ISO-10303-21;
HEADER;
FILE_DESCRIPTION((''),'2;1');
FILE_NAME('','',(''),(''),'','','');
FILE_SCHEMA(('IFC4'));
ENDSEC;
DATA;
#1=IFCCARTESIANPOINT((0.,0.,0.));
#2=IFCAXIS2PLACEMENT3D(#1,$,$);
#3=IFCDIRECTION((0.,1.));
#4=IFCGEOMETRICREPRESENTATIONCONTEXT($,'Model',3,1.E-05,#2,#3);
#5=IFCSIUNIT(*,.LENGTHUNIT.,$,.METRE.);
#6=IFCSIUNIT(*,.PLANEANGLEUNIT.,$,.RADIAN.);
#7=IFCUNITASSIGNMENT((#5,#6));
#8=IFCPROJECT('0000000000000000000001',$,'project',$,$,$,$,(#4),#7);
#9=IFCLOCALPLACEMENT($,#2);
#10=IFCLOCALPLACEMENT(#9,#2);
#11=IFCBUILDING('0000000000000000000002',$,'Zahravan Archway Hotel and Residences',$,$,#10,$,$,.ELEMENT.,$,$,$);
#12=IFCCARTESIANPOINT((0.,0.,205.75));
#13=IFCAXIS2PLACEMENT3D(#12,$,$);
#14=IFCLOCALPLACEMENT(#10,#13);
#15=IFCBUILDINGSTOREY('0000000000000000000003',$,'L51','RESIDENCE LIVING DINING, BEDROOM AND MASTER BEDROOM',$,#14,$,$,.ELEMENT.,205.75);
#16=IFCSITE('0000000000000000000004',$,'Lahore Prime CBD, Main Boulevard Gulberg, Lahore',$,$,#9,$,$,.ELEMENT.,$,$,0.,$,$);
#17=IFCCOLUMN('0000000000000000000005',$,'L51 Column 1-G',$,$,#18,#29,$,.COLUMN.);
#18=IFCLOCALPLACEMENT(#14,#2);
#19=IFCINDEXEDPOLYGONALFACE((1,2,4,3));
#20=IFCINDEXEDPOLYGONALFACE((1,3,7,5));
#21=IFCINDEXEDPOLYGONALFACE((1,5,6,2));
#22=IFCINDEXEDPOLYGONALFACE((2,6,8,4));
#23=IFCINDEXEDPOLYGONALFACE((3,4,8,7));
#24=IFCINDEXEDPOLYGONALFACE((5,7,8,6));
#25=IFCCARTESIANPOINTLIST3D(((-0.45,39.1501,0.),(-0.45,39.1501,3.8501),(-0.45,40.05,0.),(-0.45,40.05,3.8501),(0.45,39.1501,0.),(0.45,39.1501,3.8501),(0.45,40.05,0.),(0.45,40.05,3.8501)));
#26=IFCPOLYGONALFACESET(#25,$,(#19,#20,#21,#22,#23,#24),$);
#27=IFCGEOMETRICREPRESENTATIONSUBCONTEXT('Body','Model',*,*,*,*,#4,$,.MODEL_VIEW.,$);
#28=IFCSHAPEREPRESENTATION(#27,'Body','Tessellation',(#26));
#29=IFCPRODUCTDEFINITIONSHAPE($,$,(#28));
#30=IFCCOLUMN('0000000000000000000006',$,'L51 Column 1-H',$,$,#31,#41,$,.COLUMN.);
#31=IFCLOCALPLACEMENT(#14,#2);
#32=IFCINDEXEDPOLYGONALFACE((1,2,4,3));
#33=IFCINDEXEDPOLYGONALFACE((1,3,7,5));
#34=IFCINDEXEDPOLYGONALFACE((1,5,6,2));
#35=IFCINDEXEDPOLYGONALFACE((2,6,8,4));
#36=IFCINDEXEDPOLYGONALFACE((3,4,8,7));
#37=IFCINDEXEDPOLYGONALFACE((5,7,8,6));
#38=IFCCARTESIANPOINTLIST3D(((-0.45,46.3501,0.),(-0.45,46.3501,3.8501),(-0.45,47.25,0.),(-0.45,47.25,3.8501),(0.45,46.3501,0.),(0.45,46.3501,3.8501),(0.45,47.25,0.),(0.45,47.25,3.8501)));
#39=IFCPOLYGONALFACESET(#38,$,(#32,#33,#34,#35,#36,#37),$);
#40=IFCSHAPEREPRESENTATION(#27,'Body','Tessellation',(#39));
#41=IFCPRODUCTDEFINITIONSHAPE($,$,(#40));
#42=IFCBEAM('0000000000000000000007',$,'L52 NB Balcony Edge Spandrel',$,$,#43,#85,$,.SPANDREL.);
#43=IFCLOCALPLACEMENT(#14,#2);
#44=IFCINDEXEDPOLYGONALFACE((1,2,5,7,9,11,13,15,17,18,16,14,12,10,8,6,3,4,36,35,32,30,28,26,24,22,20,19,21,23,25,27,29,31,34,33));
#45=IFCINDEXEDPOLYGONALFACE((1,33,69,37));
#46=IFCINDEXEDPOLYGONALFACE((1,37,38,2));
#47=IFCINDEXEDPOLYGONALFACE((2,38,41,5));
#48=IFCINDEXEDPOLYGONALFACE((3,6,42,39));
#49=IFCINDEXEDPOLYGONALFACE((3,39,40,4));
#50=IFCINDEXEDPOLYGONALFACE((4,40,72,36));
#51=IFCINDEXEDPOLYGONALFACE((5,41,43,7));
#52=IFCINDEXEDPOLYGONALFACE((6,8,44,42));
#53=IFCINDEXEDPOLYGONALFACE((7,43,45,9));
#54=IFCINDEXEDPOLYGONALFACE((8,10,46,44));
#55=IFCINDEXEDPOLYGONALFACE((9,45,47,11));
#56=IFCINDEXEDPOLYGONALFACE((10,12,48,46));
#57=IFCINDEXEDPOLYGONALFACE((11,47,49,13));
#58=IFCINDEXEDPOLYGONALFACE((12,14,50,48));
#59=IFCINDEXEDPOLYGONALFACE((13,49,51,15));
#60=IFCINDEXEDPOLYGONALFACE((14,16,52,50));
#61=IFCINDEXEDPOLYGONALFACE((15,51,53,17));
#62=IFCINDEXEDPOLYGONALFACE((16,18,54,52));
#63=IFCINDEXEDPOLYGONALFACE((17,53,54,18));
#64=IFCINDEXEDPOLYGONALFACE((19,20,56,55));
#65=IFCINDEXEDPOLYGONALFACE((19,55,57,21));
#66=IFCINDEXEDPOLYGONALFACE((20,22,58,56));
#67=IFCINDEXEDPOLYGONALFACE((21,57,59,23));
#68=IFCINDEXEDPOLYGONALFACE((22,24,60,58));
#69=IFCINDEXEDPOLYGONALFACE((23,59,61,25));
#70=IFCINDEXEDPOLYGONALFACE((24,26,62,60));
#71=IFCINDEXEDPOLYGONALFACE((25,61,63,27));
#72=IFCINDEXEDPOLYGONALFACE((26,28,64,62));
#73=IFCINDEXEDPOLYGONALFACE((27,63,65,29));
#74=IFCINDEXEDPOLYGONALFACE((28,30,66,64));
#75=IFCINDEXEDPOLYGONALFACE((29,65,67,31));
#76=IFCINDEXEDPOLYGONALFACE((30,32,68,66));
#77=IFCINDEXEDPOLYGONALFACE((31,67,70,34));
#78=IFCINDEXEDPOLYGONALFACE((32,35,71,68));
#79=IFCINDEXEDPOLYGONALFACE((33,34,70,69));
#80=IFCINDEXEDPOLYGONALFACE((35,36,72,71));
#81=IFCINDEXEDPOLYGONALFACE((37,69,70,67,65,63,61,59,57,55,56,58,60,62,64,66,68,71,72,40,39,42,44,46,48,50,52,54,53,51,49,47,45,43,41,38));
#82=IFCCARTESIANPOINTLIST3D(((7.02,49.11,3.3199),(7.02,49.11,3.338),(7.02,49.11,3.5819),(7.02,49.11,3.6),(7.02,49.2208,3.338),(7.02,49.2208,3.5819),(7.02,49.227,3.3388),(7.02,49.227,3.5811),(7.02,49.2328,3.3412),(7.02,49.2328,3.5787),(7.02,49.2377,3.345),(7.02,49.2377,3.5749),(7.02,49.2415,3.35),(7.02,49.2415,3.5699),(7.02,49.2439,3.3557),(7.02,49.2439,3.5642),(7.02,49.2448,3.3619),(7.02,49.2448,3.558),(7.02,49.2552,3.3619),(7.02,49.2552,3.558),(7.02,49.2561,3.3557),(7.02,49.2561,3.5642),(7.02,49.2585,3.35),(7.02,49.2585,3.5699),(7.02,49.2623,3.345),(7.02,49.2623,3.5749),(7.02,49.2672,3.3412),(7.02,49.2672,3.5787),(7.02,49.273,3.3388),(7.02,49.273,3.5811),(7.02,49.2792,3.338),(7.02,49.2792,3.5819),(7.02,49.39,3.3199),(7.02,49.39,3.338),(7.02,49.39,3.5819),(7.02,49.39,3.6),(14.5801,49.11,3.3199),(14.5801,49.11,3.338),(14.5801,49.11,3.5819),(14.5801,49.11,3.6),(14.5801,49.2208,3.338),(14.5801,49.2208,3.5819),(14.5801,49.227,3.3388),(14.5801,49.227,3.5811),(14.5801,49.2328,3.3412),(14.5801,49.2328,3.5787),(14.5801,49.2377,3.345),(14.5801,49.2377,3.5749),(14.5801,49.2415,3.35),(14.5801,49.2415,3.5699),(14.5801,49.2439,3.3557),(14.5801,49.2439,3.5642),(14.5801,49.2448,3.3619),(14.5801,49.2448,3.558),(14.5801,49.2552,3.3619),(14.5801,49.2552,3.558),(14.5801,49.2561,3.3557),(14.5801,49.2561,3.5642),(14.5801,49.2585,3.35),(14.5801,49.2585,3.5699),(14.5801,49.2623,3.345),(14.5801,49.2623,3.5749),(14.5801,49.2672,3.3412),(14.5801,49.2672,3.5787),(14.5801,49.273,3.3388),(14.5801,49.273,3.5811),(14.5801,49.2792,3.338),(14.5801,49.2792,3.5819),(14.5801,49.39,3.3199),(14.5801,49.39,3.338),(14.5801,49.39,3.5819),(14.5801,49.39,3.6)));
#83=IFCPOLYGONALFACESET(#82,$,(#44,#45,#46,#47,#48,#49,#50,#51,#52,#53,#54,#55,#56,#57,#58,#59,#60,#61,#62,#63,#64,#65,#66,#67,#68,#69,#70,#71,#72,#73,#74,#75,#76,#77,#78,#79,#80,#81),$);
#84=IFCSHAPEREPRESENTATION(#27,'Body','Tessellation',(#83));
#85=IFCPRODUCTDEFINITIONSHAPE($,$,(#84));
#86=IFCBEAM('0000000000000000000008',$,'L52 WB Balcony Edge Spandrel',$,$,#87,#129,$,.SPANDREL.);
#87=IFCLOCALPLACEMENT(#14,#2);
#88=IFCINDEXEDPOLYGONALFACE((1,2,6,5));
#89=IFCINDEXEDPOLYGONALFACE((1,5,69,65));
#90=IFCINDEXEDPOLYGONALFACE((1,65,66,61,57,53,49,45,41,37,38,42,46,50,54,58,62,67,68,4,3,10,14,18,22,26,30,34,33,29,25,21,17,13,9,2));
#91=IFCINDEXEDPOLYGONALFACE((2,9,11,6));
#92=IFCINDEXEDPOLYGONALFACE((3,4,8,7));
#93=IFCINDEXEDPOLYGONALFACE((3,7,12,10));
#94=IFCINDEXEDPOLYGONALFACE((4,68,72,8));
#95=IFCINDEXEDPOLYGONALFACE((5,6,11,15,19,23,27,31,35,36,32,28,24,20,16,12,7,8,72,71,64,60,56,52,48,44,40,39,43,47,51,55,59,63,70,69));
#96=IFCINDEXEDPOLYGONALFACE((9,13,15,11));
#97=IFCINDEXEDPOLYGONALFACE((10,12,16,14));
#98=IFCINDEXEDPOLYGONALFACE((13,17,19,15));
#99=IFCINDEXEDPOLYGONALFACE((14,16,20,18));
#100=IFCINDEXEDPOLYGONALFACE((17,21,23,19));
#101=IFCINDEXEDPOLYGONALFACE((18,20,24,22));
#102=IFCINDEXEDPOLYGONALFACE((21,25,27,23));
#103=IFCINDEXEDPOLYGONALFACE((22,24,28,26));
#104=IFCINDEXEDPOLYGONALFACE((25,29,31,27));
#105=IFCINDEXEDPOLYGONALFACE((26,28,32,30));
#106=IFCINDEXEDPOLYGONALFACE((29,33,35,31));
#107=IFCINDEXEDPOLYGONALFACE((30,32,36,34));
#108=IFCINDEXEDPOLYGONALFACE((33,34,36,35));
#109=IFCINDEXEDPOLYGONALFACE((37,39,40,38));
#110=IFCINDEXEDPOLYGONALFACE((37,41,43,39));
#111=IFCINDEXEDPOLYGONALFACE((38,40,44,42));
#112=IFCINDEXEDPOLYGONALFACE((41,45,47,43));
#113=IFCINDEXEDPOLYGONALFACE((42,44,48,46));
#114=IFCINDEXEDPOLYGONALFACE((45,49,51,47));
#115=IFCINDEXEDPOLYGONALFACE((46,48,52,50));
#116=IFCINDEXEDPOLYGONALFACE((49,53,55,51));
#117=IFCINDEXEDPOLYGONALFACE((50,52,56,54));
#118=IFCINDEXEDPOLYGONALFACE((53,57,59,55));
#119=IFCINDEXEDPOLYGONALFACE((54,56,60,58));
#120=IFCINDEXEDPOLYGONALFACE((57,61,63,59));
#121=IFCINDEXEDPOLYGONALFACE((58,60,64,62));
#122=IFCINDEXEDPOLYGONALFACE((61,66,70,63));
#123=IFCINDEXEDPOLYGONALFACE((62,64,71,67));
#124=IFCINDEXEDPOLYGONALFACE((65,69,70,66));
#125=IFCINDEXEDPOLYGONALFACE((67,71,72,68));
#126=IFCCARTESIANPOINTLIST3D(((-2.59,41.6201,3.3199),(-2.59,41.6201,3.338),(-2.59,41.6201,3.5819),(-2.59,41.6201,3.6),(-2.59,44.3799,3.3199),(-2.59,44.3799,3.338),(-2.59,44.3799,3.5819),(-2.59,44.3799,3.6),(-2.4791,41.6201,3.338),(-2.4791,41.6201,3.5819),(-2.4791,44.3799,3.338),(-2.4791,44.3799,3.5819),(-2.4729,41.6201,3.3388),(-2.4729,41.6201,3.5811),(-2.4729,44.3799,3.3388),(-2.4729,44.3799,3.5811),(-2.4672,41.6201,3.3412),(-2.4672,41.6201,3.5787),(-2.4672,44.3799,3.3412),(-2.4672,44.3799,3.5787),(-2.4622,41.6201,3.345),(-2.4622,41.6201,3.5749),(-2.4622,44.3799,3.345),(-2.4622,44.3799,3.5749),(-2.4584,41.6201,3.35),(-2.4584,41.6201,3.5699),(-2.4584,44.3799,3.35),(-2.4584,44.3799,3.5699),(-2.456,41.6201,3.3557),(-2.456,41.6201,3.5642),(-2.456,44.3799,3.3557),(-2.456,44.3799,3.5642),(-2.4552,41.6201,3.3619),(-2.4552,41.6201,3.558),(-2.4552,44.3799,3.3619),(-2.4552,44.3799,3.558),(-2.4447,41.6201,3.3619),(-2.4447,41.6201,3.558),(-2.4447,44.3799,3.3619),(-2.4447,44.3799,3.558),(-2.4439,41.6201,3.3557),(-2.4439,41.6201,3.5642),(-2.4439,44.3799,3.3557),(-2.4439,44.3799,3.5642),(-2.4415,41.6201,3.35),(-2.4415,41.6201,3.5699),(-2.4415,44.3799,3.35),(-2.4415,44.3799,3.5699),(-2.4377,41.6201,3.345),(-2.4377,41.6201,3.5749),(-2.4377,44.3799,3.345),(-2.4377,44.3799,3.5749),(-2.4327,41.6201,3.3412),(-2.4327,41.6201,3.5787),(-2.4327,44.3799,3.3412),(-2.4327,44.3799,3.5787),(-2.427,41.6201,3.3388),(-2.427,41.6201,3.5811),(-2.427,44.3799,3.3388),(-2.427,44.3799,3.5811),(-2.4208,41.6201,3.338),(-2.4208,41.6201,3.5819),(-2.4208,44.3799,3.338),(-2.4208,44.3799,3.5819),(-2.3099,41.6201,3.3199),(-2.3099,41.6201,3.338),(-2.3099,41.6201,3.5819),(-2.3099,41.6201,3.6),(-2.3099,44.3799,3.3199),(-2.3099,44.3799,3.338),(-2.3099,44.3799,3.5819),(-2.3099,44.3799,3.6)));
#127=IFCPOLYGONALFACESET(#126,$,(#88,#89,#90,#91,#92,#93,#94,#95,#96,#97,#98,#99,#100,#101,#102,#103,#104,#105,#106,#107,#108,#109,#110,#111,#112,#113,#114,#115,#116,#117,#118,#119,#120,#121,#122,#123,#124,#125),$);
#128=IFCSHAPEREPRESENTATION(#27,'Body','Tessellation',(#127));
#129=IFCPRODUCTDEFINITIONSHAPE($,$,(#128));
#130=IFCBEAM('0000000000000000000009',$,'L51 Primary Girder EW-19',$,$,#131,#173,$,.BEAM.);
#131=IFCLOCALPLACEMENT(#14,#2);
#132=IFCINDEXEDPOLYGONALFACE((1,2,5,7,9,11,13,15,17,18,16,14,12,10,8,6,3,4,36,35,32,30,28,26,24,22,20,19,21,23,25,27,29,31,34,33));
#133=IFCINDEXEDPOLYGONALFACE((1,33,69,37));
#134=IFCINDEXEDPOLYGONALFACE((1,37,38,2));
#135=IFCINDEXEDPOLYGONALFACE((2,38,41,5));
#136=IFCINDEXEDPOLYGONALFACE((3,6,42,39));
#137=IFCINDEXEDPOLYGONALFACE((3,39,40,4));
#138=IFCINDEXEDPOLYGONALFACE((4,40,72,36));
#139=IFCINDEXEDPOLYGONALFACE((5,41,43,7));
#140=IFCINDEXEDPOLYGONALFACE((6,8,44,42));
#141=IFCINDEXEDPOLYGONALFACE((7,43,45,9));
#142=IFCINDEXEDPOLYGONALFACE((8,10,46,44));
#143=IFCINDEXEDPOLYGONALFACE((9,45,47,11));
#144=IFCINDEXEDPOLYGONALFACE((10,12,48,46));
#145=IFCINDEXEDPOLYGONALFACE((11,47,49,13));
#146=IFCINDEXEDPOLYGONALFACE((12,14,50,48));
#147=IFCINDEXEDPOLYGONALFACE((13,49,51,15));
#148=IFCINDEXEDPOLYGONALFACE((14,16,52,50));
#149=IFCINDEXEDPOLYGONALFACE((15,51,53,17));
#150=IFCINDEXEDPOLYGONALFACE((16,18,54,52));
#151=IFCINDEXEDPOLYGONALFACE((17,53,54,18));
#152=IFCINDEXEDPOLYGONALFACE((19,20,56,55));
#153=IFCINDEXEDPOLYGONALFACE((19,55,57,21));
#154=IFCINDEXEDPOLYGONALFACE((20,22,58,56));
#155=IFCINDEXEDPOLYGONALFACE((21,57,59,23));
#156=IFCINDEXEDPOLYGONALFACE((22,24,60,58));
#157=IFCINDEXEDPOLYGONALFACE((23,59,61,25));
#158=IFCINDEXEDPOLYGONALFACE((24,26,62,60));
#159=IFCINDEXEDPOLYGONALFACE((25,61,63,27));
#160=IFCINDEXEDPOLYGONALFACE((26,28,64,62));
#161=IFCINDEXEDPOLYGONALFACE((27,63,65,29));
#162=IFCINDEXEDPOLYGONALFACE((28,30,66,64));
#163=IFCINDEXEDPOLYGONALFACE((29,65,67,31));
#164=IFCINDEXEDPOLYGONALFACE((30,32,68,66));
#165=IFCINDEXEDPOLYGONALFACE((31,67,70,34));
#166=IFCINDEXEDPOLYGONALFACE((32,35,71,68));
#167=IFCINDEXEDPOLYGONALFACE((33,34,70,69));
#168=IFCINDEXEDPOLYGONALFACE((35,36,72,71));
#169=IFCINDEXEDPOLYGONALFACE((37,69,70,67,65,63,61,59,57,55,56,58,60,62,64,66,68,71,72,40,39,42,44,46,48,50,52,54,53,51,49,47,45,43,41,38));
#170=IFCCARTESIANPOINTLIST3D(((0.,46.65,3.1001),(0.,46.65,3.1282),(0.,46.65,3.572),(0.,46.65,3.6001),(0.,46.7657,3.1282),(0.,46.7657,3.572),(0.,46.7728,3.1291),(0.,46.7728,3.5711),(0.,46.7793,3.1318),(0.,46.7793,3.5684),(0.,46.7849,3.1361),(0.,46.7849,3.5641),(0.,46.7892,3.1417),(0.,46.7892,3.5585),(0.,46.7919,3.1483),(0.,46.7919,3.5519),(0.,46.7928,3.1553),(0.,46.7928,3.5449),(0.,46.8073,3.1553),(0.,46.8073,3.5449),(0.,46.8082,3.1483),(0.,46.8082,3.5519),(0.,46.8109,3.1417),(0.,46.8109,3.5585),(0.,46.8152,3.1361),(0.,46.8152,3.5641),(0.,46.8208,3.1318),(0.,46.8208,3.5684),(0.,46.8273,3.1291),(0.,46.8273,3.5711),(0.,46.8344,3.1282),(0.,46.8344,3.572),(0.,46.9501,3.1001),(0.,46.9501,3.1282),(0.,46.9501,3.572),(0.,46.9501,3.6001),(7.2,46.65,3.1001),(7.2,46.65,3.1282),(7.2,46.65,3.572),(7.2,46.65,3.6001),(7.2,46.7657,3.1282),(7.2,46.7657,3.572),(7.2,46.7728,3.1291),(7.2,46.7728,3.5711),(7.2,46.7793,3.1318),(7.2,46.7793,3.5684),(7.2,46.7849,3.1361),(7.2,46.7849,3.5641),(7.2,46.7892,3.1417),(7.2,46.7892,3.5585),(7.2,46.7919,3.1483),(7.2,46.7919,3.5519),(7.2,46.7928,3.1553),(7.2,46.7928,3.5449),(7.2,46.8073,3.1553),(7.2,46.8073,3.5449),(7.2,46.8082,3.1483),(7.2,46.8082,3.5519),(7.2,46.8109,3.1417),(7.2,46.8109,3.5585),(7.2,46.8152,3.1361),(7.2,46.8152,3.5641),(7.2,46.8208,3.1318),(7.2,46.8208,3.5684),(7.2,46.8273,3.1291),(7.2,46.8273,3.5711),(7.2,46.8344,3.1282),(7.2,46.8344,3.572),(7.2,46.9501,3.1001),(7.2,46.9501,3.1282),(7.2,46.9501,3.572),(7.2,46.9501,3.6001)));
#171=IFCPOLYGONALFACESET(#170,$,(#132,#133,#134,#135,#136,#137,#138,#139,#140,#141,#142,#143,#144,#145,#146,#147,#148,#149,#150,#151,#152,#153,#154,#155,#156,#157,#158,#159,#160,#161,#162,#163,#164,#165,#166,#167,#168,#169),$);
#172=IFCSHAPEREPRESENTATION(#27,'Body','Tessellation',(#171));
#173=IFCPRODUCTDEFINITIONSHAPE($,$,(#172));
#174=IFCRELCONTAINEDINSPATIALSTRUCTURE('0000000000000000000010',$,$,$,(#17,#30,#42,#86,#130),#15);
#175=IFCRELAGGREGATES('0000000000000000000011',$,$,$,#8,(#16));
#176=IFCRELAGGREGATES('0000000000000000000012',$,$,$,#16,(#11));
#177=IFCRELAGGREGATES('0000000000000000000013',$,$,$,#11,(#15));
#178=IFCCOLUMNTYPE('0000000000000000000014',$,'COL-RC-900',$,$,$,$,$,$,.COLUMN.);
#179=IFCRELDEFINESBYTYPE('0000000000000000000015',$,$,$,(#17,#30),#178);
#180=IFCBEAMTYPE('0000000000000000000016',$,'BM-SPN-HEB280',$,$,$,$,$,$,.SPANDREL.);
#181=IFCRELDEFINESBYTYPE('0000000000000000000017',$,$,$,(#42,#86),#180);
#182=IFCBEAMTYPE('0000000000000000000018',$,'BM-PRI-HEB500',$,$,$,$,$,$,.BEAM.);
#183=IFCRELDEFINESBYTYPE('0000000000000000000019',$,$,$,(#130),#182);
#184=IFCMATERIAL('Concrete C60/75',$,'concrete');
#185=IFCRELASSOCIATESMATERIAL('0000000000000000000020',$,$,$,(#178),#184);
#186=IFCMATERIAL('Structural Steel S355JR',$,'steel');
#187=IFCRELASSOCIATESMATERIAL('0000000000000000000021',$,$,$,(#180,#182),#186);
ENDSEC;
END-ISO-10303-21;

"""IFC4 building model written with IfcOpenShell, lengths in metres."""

from ifc_helpers import new_model, si_unit, direction, frame, origin, origin_2d, place, context, subcontext, project, spatial, rectangle, i_section, extrude, source, transform, mapped, material, material_profile, profile_set, type_object, type_shapes, element, save


model = new_model("IFC4")

# Units and contexts
model_context = context("Model", 3, precision=1e-05, world=origin(), true_north=direction((0.0, 1.0)))
body_context = subcontext(model_context, "Body", "Model", "MODEL_VIEW")
ifc_project = project(units=[si_unit("LENGTHUNIT", "METRE"), si_unit("PLANEANGLEUNIT", "RADIAN")], contexts=[model_context])

# Site, building, storey
site_placement = place(None, origin())
site = spatial("IfcSite", under=ifc_project, at=site_placement, Name="Lahore Prime CBD, Main Boulevard Gulberg, Lahore", CompositionType="ELEMENT", RefElevation=0.0)
building_placement = place(site_placement, origin())
building = spatial("IfcBuilding", under=site, at=building_placement, Name="Zahravan Archway Hotel and Residences", CompositionType="ELEMENT")
storey_placement = place(building_placement, frame((0.0, 0.0, 205.75)))
storey = spatial("IfcBuildingStorey", under=building, at=storey_placement, Name="L51", Description="RESIDENCE LIVING DINING, BEDROOM AND MASTER BEDROOM", CompositionType="ELEMENT", Elevation=205.75)

# Columns
ifc_material_1 = material(Name="Concrete C60/75", Category="concrete")
ifc_material_profile_1 = material_profile(ifc_material_1, rectangle(XDim=0.8999, YDim=0.8999, at=origin_2d()), Name="RC-COL-900x900", Category="concrete")
ifc_profile_set_1 = profile_set([ifc_material_profile_1], Name="Concrete C60/75")
column_type = type_object("IfcColumnType", Name="COL-RC-900", PredefinedType="COLUMN", material=ifc_profile_set_1)
shared_shape_1 = source(origin(), body_context, "Body", "SweptSolid", [
    extrude(rectangle(XDim=0.8999, YDim=0.8999, at=origin_2d()), origin(), (0.0, 0.0, 1.0), 3.8501),
])
type_shapes(column_type, [shared_shape_1])
for number, where, z_axis, x_axis, name in (
    (1, (0.0, 39.6001, 0.0), (0.0, 0.0, 1.0), (1.0, 0.0, 0.0), "L51 Column 1-G"),
    (2, (0.0, 46.8, 0.0), (0.0, 0.0, 1.0), (1.0, 0.0, 0.0), "L51 Column 1-H"),
):
    element("IfcColumn", number, at=place(storey_placement, frame(where, z_axis=z_axis, x_axis=x_axis)), inside=storey, type_object=column_type, Name=name, PredefinedType="COLUMN", context=body_context, shape_type="MappedRepresentation", body=[
        mapped(shared_shape_1, transform((0.0, 0.0, 0.0), scale=1.0)),
    ])

# Beams
ifc_material_2 = material(Name="Structural Steel S355JR", Category="steel")
ifc_material_profile_2 = material_profile(ifc_material_2, i_section(OverallWidth=0.28, OverallDepth=0.28, WebThickness=0.0105, FlangeThickness=0.0181, FilletRadius=0.0239, at=origin_2d()), Name="HEB 280", Category="steel")
ifc_profile_set_2 = profile_set([ifc_material_profile_2], Name="Structural Steel S355JR")
beam_type_1 = type_object("IfcBeamType", Name="BM-SPN-HEB280", PredefinedType="SPANDREL", material=ifc_profile_set_2)
shared_shape_2 = source(origin(), body_context, "Body", "SweptSolid", [
    extrude(i_section(OverallWidth=0.28, OverallDepth=0.28, WebThickness=0.0105, FlangeThickness=0.0181, FilletRadius=0.0239, at=origin_2d()), origin(), (0.0, 0.0, 1.0), 7.5601),
])
type_shapes(beam_type_1, [shared_shape_2])
beam_1_placement = place(storey_placement, frame((7.02, 49.25, 3.46), z_axis=(1.0, 0.0, 0.0), x_axis=(0.0, 1.0, 0.0)))
element("IfcBeam", 3, at=beam_1_placement, inside=storey, type_object=beam_type_1, Name="L52 NB Balcony Edge Spandrel", PredefinedType="SPANDREL", context=body_context, shape_type="MappedRepresentation", body=[
    mapped(shared_shape_2, transform((0.0, 0.0, 0.0), scale=1.0)),
])
shared_shape_3 = source(origin(), body_context, "Body", "SweptSolid", [
    extrude(i_section(OverallWidth=0.28, OverallDepth=0.28, WebThickness=0.0105, FlangeThickness=0.0181, FilletRadius=0.0239, at=origin_2d()), origin(), (0.0, 0.0, 1.0), 2.7598),
])
beam_2_placement = place(storey_placement, frame((-2.45, 41.6201, 3.46), z_axis=(0.0, 1.0, 0.0), x_axis=(-1.0, 0.0, 0.0)))
element("IfcBeam", 4, at=beam_2_placement, inside=storey, type_object=beam_type_1, Name="L52 WB Balcony Edge Spandrel", PredefinedType="SPANDREL", context=body_context, shape_type="MappedRepresentation", body=[
    mapped(shared_shape_3, transform((0.0, 0.0, 0.0), scale=1.0)),
])
ifc_material_profile_3 = material_profile(ifc_material_2, i_section(OverallWidth=0.3, OverallDepth=0.5, WebThickness=0.0144, FlangeThickness=0.0281, FilletRadius=0.0271, at=origin_2d()), Name="HEB 500", Category="steel")
ifc_profile_set_3 = profile_set([ifc_material_profile_3], Name="Structural Steel S355JR")
beam_type_2 = type_object("IfcBeamType", Name="BM-PRI-HEB500", PredefinedType="BEAM", material=ifc_profile_set_3)
shared_shape_4 = source(origin(), body_context, "Body", "SweptSolid", [
    extrude(i_section(OverallWidth=0.3, OverallDepth=0.5, WebThickness=0.0144, FlangeThickness=0.0281, FilletRadius=0.0271, at=origin_2d()), origin(), (0.0, 0.0, 1.0), 7.2),
])
for number, where, z_axis, x_axis, name in (
    (5, (0.0, 46.8, 3.3501), (1.0, 0.0, 0.0), (0.0, 1.0, 0.0), "L51 Primary Girder EW-19"),
):
    element("IfcBeam", number, at=place(storey_placement, frame(where, z_axis=z_axis, x_axis=x_axis)), inside=storey, type_object=beam_type_2, Name=name, PredefinedType="BEAM", context=body_context, shape_type="MappedRepresentation", body=[
        mapped(shared_shape_4, transform((0.0, 0.0, 0.0), scale=1.0)),
    ])

save(model, "model.ifc")
